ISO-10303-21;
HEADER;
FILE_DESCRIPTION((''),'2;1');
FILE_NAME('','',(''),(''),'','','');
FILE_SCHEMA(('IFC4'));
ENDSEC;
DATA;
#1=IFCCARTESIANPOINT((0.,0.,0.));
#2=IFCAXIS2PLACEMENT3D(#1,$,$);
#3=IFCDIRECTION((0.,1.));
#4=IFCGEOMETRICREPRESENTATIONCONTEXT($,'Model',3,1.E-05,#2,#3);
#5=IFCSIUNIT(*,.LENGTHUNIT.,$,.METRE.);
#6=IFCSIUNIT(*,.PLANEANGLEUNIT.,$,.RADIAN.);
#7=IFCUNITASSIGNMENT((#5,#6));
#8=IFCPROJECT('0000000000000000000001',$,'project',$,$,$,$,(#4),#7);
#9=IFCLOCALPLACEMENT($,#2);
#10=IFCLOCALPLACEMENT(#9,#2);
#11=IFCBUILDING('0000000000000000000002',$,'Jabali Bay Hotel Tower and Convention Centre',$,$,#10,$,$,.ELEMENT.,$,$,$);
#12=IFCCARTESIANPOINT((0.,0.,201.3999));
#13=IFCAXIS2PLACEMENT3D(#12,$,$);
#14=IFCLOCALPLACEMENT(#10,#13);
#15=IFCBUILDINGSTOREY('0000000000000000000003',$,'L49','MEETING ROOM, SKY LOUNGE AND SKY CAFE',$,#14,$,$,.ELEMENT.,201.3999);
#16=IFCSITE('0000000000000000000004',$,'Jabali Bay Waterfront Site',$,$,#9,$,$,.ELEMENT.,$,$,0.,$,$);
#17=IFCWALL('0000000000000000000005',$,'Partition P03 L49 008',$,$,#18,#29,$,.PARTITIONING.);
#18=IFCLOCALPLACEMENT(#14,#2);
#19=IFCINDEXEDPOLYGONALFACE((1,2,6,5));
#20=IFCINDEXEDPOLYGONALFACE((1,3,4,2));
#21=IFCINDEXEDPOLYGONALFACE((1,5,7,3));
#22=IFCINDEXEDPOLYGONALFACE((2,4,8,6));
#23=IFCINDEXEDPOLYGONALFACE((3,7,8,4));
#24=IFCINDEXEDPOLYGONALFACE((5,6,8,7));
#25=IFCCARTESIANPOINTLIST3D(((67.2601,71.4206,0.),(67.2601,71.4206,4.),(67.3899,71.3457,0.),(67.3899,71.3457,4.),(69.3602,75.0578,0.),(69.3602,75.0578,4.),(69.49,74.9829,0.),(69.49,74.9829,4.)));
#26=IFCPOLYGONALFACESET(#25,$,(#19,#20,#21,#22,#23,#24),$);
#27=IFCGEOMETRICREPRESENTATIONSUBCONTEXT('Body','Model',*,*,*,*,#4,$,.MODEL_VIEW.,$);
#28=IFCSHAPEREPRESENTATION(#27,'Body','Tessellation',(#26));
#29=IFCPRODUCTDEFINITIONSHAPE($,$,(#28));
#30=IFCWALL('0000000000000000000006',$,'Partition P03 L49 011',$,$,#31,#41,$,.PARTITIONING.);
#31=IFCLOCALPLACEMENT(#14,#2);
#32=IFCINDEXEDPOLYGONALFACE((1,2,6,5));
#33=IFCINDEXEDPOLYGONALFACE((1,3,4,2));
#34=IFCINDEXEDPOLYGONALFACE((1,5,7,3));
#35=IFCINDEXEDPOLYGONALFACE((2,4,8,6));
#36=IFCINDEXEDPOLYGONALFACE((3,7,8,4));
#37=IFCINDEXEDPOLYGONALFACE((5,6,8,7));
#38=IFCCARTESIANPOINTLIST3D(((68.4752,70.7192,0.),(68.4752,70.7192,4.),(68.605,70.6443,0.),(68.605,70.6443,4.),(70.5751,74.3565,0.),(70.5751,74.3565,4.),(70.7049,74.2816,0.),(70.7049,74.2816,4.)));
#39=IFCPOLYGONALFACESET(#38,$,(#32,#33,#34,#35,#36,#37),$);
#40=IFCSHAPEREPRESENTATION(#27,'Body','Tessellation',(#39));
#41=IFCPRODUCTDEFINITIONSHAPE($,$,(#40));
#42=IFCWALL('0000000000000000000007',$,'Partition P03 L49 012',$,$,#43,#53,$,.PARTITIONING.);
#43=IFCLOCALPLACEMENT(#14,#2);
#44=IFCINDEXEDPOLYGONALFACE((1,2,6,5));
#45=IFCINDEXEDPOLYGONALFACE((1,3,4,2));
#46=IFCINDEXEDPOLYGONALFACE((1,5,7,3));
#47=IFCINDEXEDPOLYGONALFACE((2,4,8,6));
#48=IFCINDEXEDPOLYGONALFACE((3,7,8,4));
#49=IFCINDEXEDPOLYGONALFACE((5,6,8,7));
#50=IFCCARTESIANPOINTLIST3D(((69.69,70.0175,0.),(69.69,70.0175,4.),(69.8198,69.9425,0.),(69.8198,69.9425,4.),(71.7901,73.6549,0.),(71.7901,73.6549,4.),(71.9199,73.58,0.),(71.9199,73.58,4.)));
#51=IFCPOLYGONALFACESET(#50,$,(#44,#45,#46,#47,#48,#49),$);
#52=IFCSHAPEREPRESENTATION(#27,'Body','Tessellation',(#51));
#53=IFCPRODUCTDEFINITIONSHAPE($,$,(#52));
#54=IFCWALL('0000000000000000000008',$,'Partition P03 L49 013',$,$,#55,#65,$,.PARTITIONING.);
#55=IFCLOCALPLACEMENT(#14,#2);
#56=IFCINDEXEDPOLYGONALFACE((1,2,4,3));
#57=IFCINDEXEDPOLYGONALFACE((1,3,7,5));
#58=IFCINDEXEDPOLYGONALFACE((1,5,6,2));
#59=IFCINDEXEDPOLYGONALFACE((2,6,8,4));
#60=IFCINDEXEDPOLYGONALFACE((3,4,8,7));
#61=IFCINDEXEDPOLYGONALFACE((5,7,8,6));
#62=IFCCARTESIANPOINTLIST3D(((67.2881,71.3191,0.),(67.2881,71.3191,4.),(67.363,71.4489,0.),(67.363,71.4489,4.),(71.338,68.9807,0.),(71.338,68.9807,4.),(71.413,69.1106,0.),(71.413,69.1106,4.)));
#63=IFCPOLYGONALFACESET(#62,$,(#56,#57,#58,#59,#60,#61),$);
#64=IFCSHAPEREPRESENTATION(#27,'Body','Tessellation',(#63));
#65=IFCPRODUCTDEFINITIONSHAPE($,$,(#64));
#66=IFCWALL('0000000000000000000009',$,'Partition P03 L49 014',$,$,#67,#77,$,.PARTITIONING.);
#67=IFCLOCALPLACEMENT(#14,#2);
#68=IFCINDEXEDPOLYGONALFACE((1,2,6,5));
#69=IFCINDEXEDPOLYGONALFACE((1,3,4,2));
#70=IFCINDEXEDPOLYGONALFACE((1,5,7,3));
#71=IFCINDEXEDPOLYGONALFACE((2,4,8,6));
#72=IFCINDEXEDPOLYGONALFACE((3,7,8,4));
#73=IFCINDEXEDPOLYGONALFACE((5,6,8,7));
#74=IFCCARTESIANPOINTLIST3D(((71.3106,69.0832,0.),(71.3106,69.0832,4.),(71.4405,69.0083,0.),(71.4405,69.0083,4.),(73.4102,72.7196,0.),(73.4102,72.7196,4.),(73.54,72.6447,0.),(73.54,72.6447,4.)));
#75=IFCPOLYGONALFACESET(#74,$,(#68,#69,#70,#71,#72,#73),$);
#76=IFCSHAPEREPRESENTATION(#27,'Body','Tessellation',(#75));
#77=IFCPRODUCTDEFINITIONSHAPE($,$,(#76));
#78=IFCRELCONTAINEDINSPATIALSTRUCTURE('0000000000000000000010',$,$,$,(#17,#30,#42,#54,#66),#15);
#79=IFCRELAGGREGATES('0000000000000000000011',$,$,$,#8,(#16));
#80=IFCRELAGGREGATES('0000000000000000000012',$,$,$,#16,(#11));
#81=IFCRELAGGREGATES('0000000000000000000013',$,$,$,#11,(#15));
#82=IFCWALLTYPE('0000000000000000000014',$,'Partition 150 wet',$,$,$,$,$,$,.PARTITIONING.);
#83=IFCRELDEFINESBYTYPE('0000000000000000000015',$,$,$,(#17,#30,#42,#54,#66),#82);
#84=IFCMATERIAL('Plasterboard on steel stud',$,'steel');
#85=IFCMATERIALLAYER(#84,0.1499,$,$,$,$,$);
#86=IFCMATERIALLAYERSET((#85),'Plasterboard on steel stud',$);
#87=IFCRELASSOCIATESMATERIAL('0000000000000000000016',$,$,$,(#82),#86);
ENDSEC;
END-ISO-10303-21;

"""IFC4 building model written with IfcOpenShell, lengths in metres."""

from ifc_helpers import new_model, si_unit, direction, frame, frame_2d, origin, place, context, subcontext, project, spatial, rectangle, extrude, material, layer, layer_set, type_object, element, save


model = new_model("IFC4")

# Units and contexts
model_context = context("Model", 3, precision=1e-05, world=origin(), true_north=direction((0.0, 1.0)))
body_context = subcontext(model_context, "Body", "Model", "MODEL_VIEW")
ifc_project = project(units=[si_unit("LENGTHUNIT", "METRE"), si_unit("PLANEANGLEUNIT", "RADIAN")], contexts=[model_context])

# Site, building, storey
site_placement = place(None, origin())
site = spatial("IfcSite", under=ifc_project, at=site_placement, Name="Jabali Bay Waterfront Site", CompositionType="ELEMENT", RefElevation=0.0)
building_placement = place(site_placement, origin())
building = spatial("IfcBuilding", under=site, at=building_placement, Name="Jabali Bay Hotel Tower and Convention Centre", CompositionType="ELEMENT")
storey_placement = place(building_placement, frame((0.0, 0.0, 201.3999)))
storey = spatial("IfcBuildingStorey", under=building, at=storey_placement, Name="L49", Description="MEETING ROOM, SKY LOUNGE AND SKY CAFE", CompositionType="ELEMENT", Elevation=201.3999)

# Walls
ifc_material_1 = material(Name="Plasterboard on steel stud", Category="steel")
ifc_layer_1 = layer(ifc_material_1, 0.1499)
ifc_layer_set_1 = layer_set([ifc_layer_1], Name="Plasterboard on steel stud")
wall_type_1 = type_object("IfcWallType", Name="Partition 150 wet", PredefinedType="PARTITIONING", material=ifc_layer_set_1)
for number, where, z_axis, x_axis, name in (
    (1, (67.325, 71.3831, 0.0), (0.0, 0.0, 1.0), (0.500028, 0.866009, 0.0), "Partition P03 L49 008"),
    (2, (68.54, 70.6816, 0.0), (0.0, 0.0, 1.0), (0.499984, 0.866035, 0.0), "Partition P03 L49 011"),
):
    element("IfcWall", number, at=place(storey_placement, frame(where, z_axis=z_axis, x_axis=x_axis)), inside=storey, type_object=wall_type_1, Name=name, PredefinedType="PARTITIONING", context=body_context, shape_type="SweptSolid", body=[
        extrude(rectangle(XDim=4.2, YDim=0.1499, at=frame_2d((2.1001, 0.0))), origin(), (0.0, 0.0, 1.0), 4.0),
    ])
wall_1_placement = place(storey_placement, frame((69.7549, 69.98, 0.0), z_axis=(0.0, 0.0, 1.0), x_axis=(0.500003, 0.866024, 0.0)))
element("IfcWall", 3, at=wall_1_placement, inside=storey, type_object=wall_type_1, Name="Partition P03 L49 012", PredefinedType="PARTITIONING", context=body_context, shape_type="SweptSolid", body=[
    extrude(rectangle(XDim=4.2002, YDim=0.1499, at=frame_2d((2.1001, 0.0))), origin(), (0.0, 0.0, 1.0), 4.0),
])
wall_2_placement = place(storey_placement, frame((67.3254, 71.384, 0.0), z_axis=(0.0, 0.0, 1.0), x_axis=(0.866018, -0.500013, 0.0)))
element("IfcWall", 4, at=wall_2_placement, inside=storey, type_object=wall_type_1, Name="Partition P03 L49 013", PredefinedType="PARTITIONING", context=body_context, shape_type="SweptSolid", body=[
    extrude(rectangle(XDim=4.6765, YDim=0.1499, at=frame_2d((2.3384, 0.0))), origin(), (0.0, 0.0, 1.0), 4.0),
])
wall_3_placement = place(storey_placement, frame((71.3755, 69.0457, 0.0), z_axis=(0.0, 0.0, 1.0), x_axis=(0.500016, 0.866016, 0.0)))
element("IfcWall", 5, at=wall_3_placement, inside=storey, type_object=wall_type_1, Name="Partition P03 L49 014", PredefinedType="PARTITIONING", context=body_context, shape_type="SweptSolid", body=[
    extrude(rectangle(XDim=4.199, YDim=0.1499, at=frame_2d((2.0996, 0.0))), origin(), (0.0, 0.0, 1.0), 4.0),
])

save(model, "model.ifc")
